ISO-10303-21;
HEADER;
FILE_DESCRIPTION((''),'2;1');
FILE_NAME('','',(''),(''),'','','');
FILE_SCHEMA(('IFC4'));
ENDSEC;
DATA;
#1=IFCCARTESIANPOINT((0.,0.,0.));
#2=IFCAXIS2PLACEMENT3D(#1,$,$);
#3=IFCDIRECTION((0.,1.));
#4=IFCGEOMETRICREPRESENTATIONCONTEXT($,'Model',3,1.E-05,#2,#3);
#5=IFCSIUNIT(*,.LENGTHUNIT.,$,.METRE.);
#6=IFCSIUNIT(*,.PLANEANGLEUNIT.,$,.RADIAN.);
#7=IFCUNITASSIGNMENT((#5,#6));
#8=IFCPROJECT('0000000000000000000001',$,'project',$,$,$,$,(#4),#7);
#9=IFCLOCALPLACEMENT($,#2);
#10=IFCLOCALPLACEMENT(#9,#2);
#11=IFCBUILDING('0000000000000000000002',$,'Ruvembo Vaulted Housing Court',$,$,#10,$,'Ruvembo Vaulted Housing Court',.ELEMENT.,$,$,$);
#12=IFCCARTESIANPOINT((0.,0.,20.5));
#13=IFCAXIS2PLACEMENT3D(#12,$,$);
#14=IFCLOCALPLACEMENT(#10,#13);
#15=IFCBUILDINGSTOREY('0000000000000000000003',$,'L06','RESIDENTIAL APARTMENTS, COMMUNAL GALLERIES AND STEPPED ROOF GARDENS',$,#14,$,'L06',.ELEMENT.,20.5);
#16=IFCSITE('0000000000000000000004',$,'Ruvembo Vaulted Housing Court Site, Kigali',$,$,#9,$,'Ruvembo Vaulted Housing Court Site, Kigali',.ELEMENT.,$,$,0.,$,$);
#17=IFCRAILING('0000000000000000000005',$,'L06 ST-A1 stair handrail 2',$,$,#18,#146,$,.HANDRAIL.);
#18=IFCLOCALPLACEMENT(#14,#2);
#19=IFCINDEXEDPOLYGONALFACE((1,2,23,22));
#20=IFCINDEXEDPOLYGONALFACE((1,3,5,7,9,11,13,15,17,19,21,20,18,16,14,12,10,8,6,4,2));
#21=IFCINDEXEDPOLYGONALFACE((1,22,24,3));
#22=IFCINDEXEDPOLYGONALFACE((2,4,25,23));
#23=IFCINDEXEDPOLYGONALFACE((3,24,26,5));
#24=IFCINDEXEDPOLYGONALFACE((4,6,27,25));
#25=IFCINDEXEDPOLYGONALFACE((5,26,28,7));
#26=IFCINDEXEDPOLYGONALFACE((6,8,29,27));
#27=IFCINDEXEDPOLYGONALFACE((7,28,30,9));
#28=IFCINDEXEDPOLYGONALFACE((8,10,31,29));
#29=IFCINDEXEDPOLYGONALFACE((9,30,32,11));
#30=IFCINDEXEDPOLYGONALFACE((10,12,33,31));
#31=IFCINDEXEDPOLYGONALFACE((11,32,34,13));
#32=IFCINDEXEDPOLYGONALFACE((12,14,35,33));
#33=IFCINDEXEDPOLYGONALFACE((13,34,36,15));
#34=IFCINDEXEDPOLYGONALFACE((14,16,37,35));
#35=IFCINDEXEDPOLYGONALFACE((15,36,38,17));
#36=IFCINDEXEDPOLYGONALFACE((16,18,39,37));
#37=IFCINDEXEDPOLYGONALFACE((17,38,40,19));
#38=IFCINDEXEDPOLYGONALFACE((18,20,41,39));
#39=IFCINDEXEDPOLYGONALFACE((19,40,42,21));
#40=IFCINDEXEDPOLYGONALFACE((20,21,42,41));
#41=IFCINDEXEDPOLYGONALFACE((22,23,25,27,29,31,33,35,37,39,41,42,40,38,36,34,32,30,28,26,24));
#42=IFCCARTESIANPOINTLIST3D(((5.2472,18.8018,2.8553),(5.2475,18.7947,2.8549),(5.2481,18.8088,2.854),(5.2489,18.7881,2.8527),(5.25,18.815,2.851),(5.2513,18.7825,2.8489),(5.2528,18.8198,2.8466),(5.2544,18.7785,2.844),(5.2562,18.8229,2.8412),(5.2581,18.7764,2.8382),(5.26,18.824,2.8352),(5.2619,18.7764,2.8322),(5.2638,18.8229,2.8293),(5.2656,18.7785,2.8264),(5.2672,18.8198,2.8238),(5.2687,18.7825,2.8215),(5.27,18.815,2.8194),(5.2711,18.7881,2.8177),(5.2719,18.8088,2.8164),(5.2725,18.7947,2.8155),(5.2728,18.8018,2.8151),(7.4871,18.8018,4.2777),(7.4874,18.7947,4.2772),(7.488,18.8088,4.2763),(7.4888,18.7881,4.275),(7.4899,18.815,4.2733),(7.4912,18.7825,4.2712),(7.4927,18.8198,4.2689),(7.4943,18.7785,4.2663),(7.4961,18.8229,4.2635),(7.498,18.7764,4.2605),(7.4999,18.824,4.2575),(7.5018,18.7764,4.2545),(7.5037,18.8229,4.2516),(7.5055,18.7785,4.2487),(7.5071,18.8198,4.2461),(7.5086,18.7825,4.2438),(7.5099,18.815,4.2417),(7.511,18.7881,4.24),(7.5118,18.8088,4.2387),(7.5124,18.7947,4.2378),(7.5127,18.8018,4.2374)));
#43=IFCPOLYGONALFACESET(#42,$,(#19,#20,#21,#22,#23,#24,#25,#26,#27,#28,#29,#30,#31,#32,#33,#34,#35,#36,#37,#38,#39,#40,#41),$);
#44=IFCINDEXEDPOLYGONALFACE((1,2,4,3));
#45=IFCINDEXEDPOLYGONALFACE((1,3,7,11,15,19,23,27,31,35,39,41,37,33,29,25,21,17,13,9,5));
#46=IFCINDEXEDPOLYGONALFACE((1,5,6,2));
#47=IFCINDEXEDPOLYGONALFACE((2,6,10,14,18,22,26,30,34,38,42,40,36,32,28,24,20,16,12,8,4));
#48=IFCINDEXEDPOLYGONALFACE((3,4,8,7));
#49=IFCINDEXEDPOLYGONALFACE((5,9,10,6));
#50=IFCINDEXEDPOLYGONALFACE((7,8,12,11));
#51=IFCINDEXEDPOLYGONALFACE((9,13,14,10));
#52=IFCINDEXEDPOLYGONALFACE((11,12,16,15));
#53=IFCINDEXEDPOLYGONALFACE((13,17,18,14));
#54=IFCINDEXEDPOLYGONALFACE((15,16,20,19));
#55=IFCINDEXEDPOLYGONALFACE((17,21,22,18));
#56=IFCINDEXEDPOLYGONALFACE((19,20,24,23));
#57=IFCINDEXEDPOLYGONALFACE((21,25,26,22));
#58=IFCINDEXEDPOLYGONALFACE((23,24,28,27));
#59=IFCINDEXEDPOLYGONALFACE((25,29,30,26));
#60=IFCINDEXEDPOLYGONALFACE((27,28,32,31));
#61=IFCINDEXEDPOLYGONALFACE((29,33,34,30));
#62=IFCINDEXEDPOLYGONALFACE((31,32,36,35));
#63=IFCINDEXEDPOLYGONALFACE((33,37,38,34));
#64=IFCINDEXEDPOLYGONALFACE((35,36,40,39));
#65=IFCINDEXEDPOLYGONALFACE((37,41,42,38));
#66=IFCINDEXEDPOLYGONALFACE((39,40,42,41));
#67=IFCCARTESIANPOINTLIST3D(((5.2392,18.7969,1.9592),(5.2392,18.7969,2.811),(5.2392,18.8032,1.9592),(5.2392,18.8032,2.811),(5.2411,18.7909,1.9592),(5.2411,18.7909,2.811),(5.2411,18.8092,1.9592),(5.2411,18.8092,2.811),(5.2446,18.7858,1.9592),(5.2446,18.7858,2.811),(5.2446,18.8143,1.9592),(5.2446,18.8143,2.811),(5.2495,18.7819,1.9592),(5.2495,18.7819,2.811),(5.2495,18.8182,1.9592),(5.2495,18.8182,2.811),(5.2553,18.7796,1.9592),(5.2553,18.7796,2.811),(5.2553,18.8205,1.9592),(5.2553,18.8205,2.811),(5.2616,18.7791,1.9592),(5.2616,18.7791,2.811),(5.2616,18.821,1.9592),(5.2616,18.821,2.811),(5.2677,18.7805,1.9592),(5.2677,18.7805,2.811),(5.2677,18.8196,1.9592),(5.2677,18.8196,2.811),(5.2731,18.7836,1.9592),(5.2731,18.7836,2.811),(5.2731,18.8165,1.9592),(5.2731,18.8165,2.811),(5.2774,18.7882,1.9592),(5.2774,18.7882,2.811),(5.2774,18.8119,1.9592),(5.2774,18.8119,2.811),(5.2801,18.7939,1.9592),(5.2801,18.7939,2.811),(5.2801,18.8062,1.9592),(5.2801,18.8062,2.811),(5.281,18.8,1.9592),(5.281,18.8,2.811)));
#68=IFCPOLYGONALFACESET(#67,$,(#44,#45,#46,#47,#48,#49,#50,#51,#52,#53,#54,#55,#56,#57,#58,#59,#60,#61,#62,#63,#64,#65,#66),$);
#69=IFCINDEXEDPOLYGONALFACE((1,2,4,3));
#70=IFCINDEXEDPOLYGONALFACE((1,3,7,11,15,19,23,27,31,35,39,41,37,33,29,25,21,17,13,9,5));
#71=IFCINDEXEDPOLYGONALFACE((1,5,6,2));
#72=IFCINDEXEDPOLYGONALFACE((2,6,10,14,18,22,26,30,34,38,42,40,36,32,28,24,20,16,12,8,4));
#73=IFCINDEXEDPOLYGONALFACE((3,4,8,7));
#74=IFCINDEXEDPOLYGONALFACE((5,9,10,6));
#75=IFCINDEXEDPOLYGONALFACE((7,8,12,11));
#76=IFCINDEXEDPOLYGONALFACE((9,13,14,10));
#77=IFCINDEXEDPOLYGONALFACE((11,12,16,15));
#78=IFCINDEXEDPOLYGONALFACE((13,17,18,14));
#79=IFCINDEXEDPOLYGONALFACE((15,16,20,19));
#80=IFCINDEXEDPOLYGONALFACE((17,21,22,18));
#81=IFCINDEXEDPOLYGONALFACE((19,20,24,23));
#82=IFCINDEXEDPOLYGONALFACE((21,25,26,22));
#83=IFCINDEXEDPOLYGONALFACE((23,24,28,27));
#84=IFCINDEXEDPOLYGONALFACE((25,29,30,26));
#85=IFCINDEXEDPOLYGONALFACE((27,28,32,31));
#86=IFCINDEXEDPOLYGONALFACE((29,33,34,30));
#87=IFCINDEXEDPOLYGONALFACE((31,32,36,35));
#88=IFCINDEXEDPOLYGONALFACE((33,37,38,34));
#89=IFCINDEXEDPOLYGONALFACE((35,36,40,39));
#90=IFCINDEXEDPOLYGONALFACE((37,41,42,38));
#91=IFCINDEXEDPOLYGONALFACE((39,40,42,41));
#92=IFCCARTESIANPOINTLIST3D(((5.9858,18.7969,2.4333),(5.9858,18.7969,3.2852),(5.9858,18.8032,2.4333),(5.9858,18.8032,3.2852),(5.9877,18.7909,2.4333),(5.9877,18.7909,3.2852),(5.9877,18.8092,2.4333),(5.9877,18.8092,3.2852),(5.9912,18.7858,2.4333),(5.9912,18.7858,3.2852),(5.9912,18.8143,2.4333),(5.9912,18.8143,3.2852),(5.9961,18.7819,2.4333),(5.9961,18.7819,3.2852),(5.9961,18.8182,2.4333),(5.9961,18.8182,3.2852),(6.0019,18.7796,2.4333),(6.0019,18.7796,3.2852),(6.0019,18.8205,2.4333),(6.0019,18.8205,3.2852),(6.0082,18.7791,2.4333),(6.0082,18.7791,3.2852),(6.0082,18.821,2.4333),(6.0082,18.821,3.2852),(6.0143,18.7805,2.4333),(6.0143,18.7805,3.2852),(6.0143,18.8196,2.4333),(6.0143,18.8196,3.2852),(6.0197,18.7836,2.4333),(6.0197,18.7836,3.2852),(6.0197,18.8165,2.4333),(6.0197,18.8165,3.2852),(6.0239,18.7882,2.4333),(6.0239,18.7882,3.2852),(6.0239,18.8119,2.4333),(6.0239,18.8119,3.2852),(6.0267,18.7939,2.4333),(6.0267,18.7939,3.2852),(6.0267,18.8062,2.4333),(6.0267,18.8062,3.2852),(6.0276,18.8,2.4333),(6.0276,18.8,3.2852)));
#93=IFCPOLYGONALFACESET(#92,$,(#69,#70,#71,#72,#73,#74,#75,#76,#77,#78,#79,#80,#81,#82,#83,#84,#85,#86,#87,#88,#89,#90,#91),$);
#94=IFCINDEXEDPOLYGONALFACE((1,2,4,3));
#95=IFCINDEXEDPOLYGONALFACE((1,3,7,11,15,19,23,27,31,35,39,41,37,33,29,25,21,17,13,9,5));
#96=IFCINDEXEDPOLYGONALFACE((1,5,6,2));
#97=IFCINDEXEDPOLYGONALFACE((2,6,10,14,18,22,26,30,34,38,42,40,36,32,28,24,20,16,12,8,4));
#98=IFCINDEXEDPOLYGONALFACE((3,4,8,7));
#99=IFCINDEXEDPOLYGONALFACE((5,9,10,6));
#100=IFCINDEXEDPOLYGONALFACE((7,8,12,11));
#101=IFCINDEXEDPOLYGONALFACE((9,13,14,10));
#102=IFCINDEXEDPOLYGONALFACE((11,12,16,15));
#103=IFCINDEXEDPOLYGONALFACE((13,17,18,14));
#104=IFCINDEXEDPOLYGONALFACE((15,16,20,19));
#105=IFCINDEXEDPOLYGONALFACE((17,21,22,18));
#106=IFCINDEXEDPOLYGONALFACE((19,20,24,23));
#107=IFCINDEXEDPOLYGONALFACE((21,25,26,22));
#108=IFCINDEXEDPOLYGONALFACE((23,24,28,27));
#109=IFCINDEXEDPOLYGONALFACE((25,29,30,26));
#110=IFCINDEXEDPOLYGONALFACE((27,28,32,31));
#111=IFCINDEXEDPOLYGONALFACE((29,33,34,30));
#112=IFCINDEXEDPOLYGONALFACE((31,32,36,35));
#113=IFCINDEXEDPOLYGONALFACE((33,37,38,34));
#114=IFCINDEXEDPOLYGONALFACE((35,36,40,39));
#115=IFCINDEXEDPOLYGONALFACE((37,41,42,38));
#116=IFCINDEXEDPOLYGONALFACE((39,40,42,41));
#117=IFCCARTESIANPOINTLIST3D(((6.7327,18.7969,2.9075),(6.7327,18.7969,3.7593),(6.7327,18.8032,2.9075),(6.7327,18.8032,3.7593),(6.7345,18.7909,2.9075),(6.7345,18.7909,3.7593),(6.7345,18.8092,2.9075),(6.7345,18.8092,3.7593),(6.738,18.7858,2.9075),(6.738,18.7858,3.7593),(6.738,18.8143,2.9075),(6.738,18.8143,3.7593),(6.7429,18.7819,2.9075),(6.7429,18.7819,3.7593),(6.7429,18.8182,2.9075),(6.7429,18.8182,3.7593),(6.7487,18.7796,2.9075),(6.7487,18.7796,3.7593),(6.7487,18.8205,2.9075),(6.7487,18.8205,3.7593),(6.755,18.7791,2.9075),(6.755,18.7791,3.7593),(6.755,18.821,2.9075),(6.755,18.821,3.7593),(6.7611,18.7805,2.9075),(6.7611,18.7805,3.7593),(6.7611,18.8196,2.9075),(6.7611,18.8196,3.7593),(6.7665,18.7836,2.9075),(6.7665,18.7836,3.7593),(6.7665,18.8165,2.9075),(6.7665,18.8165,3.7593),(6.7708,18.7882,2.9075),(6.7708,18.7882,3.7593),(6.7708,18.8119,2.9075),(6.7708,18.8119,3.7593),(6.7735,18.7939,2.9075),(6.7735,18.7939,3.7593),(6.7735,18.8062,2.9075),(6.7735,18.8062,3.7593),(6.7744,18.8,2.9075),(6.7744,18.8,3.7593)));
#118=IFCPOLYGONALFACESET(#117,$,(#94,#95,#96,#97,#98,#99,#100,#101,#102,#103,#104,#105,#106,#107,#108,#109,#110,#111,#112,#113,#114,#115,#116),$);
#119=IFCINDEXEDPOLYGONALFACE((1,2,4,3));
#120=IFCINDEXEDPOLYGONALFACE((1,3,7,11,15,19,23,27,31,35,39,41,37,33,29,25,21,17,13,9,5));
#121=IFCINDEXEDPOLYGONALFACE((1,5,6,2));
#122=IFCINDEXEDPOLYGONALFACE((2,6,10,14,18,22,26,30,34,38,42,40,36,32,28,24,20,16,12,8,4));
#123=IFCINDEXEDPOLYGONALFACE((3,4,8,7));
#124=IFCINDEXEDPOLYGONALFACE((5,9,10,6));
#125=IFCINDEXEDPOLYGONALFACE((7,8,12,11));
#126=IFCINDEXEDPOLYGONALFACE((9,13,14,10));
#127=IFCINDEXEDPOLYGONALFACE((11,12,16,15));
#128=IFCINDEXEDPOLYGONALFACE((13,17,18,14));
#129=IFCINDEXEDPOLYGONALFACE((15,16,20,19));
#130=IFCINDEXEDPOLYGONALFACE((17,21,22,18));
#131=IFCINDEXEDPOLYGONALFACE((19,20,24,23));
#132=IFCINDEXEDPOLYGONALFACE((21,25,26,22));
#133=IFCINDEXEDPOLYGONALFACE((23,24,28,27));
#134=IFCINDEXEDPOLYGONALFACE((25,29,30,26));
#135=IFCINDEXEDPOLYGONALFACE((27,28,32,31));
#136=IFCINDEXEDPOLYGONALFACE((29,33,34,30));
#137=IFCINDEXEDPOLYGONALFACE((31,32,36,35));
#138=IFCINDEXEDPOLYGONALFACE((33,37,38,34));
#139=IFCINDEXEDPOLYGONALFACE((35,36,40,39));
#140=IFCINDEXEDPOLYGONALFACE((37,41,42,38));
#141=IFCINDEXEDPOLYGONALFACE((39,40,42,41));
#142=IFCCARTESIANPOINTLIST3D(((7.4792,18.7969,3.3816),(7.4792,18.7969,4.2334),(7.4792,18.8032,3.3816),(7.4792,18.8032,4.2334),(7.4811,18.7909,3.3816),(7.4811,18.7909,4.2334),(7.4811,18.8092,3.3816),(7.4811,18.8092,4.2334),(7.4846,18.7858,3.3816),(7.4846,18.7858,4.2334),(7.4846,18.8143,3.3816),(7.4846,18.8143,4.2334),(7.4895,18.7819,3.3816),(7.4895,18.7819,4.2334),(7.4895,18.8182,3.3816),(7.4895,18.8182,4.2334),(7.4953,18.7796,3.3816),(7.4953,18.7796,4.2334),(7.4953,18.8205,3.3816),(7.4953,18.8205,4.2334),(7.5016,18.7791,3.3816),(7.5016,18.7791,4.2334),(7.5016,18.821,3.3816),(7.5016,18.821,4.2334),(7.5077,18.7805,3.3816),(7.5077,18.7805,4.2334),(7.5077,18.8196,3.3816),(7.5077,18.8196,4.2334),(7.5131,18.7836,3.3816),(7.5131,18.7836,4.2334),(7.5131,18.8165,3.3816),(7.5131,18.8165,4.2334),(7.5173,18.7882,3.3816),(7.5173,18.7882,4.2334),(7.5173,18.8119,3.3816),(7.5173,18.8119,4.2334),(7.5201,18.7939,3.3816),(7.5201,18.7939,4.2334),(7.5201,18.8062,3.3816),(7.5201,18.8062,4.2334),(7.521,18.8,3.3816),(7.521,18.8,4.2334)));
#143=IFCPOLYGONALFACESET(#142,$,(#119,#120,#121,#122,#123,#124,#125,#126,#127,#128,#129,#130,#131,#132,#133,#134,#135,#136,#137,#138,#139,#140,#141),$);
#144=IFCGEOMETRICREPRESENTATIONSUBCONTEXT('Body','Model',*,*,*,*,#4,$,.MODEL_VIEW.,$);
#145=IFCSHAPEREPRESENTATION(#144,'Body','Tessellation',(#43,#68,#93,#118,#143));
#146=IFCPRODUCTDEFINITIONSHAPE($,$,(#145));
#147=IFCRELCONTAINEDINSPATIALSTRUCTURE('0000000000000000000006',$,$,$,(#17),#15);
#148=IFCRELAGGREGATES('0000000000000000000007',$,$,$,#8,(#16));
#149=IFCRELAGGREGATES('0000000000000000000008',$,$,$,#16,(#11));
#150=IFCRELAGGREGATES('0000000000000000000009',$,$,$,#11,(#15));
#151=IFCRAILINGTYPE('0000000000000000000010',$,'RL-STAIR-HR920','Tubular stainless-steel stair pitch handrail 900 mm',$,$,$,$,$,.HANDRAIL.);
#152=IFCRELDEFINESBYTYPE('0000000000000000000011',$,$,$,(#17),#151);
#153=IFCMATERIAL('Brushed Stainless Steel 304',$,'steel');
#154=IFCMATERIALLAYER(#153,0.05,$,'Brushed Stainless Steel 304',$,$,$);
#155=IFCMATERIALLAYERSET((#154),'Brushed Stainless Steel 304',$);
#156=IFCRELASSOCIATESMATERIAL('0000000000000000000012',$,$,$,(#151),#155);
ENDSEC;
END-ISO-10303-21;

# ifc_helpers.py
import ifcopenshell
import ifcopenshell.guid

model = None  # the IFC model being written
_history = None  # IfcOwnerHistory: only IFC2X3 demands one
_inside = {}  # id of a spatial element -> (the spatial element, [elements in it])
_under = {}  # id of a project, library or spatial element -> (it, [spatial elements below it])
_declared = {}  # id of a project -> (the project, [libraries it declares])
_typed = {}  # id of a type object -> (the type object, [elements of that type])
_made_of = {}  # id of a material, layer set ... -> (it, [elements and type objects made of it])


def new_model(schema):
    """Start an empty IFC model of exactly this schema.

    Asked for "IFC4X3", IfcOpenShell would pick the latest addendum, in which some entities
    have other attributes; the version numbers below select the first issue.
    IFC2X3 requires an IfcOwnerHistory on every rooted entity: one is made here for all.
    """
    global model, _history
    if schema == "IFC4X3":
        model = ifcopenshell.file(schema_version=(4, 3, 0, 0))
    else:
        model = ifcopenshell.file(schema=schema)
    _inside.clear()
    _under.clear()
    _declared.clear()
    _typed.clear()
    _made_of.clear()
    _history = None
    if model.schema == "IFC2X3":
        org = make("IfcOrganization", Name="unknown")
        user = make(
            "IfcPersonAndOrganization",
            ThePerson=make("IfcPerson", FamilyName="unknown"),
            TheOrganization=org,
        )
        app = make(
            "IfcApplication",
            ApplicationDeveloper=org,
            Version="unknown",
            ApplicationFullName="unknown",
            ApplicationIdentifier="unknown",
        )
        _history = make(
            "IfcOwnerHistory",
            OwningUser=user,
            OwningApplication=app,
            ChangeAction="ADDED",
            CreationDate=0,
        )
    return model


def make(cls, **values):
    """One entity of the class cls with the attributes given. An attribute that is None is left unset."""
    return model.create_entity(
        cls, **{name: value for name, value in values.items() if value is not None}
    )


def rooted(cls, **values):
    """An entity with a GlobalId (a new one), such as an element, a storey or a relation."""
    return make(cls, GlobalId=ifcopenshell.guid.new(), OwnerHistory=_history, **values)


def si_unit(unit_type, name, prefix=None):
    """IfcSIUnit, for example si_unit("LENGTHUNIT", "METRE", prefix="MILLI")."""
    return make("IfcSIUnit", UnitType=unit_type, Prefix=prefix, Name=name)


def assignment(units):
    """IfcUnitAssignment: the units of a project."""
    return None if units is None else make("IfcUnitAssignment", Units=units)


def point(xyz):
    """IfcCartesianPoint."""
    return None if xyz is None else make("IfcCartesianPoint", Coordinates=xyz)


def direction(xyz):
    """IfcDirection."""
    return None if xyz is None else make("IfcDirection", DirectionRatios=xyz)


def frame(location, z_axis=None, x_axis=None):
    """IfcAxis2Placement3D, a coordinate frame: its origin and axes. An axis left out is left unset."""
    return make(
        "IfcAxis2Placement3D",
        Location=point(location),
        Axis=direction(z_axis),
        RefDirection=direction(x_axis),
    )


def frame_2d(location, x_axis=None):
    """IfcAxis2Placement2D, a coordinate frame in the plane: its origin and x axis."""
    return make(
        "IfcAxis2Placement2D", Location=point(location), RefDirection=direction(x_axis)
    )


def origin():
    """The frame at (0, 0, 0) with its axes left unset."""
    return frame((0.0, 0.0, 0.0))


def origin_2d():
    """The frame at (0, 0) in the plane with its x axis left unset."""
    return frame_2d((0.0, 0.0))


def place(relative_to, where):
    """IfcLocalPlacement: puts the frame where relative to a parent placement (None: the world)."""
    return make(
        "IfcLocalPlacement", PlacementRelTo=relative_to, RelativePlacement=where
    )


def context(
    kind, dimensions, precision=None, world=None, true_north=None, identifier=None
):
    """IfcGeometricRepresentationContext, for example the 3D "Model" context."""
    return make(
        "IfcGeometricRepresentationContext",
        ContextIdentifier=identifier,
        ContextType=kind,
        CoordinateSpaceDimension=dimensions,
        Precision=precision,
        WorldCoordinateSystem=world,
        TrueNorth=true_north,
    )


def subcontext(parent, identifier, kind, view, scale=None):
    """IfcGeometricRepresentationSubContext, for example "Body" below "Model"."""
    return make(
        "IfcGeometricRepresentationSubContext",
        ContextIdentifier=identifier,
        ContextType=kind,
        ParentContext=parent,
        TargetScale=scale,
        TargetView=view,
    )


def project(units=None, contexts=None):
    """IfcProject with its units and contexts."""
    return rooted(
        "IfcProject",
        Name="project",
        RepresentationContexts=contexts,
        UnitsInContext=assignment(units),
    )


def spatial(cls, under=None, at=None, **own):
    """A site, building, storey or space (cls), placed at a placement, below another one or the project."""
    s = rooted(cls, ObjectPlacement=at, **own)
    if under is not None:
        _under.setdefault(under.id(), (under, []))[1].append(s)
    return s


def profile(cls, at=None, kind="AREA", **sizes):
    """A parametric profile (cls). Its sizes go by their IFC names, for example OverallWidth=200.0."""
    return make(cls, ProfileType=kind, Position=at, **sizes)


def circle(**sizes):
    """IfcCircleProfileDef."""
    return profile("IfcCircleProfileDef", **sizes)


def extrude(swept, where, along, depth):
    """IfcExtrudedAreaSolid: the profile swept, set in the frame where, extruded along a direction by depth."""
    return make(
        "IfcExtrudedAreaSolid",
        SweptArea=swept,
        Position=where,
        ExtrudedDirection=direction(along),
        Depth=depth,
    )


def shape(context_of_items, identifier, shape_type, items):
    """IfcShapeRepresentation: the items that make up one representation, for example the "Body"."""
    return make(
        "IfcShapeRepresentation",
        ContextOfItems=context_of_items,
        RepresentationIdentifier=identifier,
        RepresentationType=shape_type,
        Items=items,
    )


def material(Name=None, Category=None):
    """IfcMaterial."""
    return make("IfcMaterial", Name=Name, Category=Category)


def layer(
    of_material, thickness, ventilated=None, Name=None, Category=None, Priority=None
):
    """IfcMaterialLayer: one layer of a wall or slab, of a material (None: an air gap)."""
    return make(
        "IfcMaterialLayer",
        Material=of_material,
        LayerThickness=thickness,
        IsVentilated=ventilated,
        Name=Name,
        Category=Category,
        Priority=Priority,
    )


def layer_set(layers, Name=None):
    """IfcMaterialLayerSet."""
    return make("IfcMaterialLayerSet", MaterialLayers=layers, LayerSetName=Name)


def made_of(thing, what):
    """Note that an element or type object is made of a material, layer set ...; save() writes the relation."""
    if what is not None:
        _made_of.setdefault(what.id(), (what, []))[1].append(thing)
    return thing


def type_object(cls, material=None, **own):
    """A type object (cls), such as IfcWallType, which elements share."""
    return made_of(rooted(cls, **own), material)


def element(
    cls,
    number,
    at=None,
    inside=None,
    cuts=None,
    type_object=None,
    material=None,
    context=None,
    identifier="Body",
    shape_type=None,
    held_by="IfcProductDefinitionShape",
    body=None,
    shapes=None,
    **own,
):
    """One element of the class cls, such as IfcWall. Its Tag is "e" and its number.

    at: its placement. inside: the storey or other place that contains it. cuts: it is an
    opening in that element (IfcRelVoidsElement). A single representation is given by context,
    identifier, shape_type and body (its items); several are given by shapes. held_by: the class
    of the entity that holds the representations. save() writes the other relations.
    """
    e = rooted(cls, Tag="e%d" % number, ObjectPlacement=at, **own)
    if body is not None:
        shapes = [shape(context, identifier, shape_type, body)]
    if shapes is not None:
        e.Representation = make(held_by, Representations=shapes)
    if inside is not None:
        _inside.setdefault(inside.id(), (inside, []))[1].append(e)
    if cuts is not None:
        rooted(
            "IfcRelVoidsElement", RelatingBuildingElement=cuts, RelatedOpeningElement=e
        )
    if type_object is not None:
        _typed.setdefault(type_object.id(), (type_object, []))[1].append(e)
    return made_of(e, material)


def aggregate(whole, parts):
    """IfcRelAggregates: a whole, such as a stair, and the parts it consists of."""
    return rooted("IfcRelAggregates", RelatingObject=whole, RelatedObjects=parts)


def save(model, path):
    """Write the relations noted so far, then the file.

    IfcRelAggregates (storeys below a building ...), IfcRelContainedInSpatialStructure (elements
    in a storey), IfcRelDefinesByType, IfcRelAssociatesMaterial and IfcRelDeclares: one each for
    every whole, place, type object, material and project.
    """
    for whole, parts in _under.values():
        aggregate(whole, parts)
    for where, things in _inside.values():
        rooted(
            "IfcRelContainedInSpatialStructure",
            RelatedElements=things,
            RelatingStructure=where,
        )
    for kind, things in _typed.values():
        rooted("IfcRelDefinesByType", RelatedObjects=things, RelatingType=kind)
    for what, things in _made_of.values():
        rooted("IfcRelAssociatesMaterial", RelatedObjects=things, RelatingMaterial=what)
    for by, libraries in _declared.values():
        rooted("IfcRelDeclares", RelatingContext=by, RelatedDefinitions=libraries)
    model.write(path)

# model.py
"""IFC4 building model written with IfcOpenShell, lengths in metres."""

from ifc_helpers import new_model, si_unit, direction, frame, origin, origin_2d, place, context, subcontext, project, spatial, circle, extrude, material, layer, layer_set, type_object, element, save


model = new_model("IFC4")

# Units and contexts
model_context = context("Model", 3, precision=1e-05, world=origin(), true_north=direction((0.0, 1.0)))
body_context = subcontext(model_context, "Body", "Model", "MODEL_VIEW")
ifc_project = project(units=[si_unit("LENGTHUNIT", "METRE"), si_unit("PLANEANGLEUNIT", "RADIAN")], contexts=[model_context])

# Site, building, storey
site_placement = place(None, origin())
site = spatial("IfcSite", under=ifc_project, at=site_placement, Name="Ruvembo Vaulted Housing Court Site, Kigali", LongName="Ruvembo Vaulted Housing Court Site, Kigali", CompositionType="ELEMENT", RefElevation=0.0)
building_placement = place(site_placement, origin())
building = spatial("IfcBuilding", under=site, at=building_placement, Name="Ruvembo Vaulted Housing Court", LongName="Ruvembo Vaulted Housing Court", CompositionType="ELEMENT")
storey_placement = place(building_placement, frame((0.0, 0.0, 20.5)))
storey = spatial("IfcBuildingStorey", under=building, at=storey_placement, Name="L06", Description="RESIDENTIAL APARTMENTS, COMMUNAL GALLERIES AND STEPPED ROOF GARDENS", LongName="L06", CompositionType="ELEMENT", Elevation=20.5)

# Railing
ifc_material_1 = material(Name="Brushed Stainless Steel 304", Category="steel")
ifc_layer_1 = layer(ifc_material_1, 0.05, Name="Brushed Stainless Steel 304")
ifc_layer_set_1 = layer_set([ifc_layer_1], Name="Brushed Stainless Steel 304")
railing_type_1 = type_object("IfcRailingType", Name="RL-STAIR-HR920", Description="Tubular stainless-steel stair pitch handrail 900 mm", PredefinedType="HANDRAIL", material=ifc_layer_set_1)
railing_1_placement = place(storey_placement, frame((5.26, 18.8, 1.9592)))
element("IfcRailing", 1, at=railing_1_placement, inside=storey, type_object=railing_type_1, Name="L06 ST-A1 stair handrail 2", PredefinedType="HANDRAIL", context=body_context, shape_type="SweptSolid", body=[
    extrude(circle(Radius=0.0239, at=origin_2d()), frame((0.0, 0.0, 0.876), z_axis=(0.844188, 0.0, 0.536048), x_axis=(0.0, 1.0, 0.0)), (0.0, 0.0, 1.0), 2.6533),
    extrude(circle(Radius=0.021, at=origin_2d()), origin(), (0.0, 0.0, 1.0), 0.8518),
    extrude(circle(Radius=0.021, at=origin_2d()), frame((0.7466, 0.0, 0.4741)), (0.0, 0.0, 1.0), 0.8518),
    extrude(circle(Radius=0.021, at=origin_2d()), frame((1.4934, 0.0, 0.9482)), (0.0, 0.0, 1.0), 0.8518),
    extrude(circle(Radius=0.021, at=origin_2d()), frame((2.24, 0.0, 1.4224)), (0.0, 0.0, 1.0), 0.8518),
])

save(model, "model.ifc")
